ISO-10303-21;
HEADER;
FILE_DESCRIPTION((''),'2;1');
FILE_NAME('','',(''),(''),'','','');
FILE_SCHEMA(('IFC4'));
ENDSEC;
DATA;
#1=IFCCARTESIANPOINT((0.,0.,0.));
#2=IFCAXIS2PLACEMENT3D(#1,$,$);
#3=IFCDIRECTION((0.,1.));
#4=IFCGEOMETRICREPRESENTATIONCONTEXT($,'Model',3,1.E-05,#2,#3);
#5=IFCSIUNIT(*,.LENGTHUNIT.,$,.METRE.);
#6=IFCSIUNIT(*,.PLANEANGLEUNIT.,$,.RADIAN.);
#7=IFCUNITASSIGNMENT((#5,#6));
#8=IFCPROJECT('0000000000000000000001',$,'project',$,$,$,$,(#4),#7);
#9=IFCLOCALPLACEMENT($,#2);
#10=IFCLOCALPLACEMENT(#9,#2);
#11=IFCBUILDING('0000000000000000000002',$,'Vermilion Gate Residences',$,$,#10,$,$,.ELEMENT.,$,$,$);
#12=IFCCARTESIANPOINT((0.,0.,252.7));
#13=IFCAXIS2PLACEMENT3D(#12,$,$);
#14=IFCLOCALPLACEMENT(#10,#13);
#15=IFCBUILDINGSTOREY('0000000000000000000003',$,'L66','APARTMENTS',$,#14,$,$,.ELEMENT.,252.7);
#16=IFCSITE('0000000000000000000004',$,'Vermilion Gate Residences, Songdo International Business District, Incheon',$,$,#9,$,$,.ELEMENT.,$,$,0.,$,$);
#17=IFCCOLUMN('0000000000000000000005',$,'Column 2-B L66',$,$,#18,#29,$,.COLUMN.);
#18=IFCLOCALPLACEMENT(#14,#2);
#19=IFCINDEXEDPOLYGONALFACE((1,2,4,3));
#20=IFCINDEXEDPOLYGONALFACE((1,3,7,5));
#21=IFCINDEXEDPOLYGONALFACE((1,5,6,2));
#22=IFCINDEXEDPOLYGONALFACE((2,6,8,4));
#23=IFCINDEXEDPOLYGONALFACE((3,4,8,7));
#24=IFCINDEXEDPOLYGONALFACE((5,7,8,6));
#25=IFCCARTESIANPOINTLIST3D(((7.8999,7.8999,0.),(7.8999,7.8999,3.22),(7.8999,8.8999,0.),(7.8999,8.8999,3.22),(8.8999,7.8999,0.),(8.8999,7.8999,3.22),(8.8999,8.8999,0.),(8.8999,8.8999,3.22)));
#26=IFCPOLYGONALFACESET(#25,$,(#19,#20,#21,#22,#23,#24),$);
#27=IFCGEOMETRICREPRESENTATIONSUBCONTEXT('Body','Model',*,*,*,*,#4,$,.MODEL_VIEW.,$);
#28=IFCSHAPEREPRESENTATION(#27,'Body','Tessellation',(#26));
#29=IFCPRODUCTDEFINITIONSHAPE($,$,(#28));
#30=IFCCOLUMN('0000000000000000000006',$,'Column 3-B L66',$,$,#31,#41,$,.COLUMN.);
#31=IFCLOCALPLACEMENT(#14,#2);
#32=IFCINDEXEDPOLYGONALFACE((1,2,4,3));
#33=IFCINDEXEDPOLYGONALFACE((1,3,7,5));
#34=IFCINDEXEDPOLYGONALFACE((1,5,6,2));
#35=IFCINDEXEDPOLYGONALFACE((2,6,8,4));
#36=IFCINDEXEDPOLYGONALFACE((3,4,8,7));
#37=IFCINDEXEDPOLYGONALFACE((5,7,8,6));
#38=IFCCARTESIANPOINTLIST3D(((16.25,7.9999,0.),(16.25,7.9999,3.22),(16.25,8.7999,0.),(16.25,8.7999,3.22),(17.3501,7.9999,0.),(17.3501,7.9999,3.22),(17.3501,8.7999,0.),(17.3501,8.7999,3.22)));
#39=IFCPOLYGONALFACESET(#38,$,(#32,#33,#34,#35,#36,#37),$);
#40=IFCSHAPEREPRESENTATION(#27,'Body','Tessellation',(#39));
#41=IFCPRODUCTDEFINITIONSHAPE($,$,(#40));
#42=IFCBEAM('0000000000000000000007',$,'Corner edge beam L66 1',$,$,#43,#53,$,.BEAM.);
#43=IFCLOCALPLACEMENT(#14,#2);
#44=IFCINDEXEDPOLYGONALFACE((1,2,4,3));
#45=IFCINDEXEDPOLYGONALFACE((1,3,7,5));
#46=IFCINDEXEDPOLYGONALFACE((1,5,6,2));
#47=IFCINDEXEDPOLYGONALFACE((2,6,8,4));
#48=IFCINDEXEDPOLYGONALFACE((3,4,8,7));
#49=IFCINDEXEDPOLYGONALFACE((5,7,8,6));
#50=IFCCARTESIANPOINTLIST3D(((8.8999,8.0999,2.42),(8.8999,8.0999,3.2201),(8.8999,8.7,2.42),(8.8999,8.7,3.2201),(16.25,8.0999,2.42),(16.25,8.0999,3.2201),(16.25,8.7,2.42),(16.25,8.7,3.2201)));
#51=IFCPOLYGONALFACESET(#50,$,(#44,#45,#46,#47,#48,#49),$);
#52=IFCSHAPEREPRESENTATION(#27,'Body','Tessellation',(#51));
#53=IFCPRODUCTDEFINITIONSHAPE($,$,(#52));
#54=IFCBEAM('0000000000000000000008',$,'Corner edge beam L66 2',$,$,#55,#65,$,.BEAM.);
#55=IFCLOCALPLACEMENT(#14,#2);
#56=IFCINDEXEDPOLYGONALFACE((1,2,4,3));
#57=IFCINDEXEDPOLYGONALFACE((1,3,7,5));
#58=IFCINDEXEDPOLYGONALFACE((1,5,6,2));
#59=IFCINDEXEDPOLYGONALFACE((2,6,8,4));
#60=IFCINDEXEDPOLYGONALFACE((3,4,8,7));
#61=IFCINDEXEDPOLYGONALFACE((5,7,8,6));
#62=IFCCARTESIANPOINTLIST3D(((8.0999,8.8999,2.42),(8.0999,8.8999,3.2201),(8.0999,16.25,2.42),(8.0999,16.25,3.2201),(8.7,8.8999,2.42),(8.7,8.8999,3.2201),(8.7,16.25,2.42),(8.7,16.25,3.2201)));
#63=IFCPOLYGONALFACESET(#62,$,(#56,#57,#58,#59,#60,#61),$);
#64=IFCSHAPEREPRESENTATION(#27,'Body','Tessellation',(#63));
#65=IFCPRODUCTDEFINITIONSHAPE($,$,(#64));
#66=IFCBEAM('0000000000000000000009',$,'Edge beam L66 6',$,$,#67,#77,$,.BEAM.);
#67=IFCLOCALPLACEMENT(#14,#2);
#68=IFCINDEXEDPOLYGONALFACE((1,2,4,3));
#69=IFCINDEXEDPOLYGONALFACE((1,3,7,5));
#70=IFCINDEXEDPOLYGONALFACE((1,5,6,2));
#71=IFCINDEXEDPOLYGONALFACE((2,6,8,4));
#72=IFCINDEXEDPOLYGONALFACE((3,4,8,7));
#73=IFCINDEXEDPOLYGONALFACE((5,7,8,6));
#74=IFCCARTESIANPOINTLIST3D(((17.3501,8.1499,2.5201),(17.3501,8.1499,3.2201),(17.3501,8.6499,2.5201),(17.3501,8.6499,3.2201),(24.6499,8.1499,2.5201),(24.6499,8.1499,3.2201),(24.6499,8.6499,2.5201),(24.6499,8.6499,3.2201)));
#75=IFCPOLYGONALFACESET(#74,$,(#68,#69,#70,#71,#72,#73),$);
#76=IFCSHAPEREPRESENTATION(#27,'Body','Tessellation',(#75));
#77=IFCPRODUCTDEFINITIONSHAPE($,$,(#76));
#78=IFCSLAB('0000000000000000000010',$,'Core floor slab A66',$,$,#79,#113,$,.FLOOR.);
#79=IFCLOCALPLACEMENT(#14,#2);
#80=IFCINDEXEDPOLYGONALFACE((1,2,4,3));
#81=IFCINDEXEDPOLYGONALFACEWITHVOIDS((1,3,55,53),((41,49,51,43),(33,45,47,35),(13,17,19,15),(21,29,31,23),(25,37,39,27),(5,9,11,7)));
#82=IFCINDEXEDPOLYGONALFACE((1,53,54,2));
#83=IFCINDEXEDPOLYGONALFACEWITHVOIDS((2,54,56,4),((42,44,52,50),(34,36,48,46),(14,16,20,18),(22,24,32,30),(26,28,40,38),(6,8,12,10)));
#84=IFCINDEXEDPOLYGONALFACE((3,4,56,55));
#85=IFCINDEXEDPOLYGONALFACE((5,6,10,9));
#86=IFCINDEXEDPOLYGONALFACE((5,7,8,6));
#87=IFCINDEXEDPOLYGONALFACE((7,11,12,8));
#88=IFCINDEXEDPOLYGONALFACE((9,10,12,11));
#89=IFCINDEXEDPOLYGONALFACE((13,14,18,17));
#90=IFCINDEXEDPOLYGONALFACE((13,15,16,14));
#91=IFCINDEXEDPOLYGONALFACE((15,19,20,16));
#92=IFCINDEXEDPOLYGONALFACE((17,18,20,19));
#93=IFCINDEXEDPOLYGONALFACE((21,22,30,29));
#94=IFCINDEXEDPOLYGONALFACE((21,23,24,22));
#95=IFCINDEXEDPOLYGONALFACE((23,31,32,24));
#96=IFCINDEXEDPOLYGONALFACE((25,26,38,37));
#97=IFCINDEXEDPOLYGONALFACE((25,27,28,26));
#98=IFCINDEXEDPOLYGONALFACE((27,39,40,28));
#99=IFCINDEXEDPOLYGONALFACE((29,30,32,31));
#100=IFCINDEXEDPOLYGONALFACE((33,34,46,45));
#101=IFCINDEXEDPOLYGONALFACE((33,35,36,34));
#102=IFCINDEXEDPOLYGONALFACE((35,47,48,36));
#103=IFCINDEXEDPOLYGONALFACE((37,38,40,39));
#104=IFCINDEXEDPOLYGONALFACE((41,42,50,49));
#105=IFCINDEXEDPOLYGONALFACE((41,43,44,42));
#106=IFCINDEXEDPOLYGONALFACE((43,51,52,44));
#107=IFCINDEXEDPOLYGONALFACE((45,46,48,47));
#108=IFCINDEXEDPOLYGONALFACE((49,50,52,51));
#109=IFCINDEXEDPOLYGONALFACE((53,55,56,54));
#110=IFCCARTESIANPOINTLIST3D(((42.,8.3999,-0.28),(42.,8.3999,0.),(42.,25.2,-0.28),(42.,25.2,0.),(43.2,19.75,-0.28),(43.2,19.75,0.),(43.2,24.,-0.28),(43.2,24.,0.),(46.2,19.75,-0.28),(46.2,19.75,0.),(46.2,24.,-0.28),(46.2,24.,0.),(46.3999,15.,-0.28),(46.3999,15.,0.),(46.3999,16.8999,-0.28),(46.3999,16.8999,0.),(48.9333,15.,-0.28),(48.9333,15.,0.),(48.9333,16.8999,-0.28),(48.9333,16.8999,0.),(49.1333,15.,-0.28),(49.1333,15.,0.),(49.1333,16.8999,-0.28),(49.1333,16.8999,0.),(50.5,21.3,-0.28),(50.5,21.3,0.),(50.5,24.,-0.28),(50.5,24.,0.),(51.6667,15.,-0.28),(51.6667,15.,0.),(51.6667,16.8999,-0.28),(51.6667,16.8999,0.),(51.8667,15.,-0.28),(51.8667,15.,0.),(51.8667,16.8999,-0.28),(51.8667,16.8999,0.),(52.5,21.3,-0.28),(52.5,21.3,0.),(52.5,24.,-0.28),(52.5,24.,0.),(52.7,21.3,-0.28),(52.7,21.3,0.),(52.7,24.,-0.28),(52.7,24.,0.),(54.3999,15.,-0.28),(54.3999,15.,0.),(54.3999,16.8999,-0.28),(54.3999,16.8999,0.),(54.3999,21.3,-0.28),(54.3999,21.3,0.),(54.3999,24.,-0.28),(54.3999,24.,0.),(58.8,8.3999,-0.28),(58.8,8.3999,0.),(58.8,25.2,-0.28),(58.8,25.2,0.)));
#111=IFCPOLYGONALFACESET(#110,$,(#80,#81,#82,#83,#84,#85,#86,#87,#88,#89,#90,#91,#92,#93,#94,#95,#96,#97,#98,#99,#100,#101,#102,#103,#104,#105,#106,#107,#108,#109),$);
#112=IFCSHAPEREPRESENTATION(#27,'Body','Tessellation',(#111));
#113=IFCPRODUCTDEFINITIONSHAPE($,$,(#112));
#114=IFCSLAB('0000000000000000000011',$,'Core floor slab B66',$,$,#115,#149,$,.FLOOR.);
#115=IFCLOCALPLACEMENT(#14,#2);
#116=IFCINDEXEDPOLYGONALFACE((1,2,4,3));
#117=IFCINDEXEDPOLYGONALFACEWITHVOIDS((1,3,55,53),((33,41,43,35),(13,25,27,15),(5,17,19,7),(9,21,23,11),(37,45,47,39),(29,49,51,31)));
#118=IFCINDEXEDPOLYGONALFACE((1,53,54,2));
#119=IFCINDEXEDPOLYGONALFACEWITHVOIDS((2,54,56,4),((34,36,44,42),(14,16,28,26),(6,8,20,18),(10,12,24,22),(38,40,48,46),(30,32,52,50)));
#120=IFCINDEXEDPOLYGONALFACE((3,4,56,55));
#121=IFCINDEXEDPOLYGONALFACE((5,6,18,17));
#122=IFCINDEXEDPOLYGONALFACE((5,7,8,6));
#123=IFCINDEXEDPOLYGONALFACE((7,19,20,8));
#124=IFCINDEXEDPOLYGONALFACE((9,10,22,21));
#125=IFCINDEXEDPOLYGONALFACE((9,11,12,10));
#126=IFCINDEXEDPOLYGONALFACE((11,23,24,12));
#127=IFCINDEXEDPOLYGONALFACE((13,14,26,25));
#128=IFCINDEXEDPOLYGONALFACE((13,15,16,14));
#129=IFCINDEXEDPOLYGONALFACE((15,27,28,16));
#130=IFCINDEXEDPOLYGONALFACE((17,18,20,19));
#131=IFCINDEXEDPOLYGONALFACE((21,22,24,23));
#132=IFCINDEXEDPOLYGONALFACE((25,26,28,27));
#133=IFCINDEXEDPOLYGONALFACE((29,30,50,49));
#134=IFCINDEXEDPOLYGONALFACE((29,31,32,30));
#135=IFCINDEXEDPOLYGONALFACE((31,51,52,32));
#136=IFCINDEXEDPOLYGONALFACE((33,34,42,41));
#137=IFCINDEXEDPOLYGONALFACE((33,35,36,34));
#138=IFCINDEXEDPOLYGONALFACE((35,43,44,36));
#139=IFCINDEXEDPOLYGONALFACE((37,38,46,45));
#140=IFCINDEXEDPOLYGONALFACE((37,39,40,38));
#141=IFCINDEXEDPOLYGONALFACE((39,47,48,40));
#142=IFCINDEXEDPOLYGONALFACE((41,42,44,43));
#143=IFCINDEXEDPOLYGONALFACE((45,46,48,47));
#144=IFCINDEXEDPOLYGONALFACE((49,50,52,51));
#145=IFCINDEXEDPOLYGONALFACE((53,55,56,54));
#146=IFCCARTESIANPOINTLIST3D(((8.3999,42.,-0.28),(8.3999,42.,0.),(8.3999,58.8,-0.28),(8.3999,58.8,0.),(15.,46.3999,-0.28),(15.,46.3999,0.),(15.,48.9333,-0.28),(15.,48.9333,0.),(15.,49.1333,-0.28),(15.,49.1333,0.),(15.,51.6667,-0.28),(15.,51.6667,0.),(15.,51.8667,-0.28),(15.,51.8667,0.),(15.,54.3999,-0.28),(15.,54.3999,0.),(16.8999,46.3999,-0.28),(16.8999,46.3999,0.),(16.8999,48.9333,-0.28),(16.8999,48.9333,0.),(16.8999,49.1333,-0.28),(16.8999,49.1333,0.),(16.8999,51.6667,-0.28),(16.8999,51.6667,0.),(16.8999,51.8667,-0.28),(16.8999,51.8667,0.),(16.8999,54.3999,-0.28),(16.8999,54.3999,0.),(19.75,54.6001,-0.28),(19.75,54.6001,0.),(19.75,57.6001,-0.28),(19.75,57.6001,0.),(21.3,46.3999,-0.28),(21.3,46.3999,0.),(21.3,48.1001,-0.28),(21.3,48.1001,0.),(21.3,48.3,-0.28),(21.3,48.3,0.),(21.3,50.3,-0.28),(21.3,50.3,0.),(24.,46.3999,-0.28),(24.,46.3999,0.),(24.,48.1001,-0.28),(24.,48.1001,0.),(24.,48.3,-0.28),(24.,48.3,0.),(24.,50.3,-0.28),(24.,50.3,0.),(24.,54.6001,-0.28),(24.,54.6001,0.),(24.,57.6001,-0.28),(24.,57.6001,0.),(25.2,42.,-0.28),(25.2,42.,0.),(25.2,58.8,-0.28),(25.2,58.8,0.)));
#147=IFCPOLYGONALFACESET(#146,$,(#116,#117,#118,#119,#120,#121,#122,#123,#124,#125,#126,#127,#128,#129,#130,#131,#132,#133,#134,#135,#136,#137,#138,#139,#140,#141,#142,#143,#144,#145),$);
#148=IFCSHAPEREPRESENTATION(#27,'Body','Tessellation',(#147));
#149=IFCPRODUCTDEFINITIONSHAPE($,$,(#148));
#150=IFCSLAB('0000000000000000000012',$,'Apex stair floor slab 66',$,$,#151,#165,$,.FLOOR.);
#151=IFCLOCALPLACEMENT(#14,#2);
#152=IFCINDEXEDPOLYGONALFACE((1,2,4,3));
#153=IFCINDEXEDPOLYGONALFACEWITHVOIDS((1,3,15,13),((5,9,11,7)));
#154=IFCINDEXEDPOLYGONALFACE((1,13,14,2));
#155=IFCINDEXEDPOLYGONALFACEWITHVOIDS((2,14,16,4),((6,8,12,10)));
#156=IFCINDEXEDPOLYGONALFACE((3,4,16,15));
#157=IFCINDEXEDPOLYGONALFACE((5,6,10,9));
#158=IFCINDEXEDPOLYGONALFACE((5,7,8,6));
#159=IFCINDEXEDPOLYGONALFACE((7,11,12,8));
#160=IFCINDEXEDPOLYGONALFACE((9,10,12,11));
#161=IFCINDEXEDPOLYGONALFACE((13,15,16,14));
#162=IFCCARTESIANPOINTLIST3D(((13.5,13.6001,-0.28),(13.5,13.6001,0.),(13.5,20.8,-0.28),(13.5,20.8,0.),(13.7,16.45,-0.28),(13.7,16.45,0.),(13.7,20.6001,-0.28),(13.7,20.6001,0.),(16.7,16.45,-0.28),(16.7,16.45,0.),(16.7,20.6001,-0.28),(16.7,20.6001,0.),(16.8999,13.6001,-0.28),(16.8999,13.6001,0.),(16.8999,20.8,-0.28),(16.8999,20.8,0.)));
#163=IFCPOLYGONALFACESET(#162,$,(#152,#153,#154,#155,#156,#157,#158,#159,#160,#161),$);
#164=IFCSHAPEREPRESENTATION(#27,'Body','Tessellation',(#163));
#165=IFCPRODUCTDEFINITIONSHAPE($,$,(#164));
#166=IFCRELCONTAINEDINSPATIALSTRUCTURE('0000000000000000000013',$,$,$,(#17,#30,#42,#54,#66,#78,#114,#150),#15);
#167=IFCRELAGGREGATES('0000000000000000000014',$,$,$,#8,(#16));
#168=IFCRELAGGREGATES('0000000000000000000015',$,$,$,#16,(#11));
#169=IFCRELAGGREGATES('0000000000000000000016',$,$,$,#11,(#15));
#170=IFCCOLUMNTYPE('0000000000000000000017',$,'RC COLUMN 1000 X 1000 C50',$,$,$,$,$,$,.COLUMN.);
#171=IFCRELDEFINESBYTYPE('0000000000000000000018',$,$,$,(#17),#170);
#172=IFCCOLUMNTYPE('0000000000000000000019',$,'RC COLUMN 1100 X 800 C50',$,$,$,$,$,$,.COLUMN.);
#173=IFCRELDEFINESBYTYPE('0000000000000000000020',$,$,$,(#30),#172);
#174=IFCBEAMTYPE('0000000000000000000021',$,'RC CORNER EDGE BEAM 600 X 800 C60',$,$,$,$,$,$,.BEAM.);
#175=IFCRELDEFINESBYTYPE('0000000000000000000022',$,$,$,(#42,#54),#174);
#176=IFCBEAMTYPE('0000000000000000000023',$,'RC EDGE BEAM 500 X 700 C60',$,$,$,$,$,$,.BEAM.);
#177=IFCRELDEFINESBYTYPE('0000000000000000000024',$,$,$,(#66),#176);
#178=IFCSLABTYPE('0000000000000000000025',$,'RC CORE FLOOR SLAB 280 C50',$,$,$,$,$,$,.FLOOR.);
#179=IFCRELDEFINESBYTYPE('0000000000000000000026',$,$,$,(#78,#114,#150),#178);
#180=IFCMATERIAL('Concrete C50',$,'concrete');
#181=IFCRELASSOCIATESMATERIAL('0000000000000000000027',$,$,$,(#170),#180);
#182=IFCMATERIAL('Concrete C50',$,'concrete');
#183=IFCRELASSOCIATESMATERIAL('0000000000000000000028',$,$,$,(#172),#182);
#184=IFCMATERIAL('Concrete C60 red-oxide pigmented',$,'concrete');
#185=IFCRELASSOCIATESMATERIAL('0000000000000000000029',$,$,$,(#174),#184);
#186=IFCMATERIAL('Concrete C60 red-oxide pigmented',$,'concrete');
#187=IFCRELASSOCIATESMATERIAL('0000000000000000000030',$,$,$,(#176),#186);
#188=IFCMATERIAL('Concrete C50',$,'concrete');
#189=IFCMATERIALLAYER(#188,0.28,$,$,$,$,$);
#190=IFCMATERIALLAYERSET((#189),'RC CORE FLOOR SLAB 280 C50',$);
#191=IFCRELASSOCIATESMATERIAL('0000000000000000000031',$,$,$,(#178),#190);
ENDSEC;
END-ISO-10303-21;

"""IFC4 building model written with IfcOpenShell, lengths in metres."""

from ifc_helpers import new_model, si_unit, direction, frame, origin, origin_2d, place, context, subcontext, project, spatial, polyline, rectangle, outline, extrude, material, layer, layer_set, material_profile, profile_set, type_object, element, save


model = new_model("IFC4")

# Units and contexts
model_context = context("Model", 3, precision=1e-05, world=origin(), true_north=direction((0.0, 1.0)))
body_context = subcontext(model_context, "Body", "Model", "MODEL_VIEW")
ifc_project = project(units=[si_unit("LENGTHUNIT", "METRE"), si_unit("PLANEANGLEUNIT", "RADIAN")], contexts=[model_context])

# Site, building, storey
site_placement = place(None, origin())
site = spatial("IfcSite", under=ifc_project, at=site_placement, Name="Vermilion Gate Residences, Songdo International Business District, Incheon", CompositionType="ELEMENT", RefElevation=0.0)
building_placement = place(site_placement, origin())
building = spatial("IfcBuilding", under=site, at=building_placement, Name="Vermilion Gate Residences", CompositionType="ELEMENT")
storey_placement = place(building_placement, frame((0.0, 0.0, 252.7)))
storey = spatial("IfcBuildingStorey", under=building, at=storey_placement, Name="L66", Description="APARTMENTS", CompositionType="ELEMENT", Elevation=252.7)

# Columns
ifc_material_1 = material(Name="Concrete C50", Category="concrete")
ifc_material_profile_1 = material_profile(ifc_material_1, rectangle(XDim=1.0, YDim=1.0, at=origin_2d()), Name="RC-1000x1000")
ifc_profile_set_1 = profile_set([ifc_material_profile_1], Name="Concrete C50")
column_type_1 = type_object("IfcColumnType", Name="RC COLUMN 1000 X 1000 C50", PredefinedType="COLUMN", material=ifc_profile_set_1)
column_1_placement = place(storey_placement, frame((8.3999, 8.3999, 0.0), z_axis=(0.0, 0.0, 1.0), x_axis=(1.0, 0.0, 0.0)))
element("IfcColumn", 1, at=column_1_placement, inside=storey, type_object=column_type_1, Name="Column 2-B L66", PredefinedType="COLUMN", context=body_context, shape_type="SweptSolid", body=[
    extrude(rectangle(XDim=1.0, YDim=1.0, at=origin_2d()), origin(), (0.0, 0.0, 1.0), 3.22),
])
ifc_material_2 = material(Name="Concrete C50", Category="concrete")
ifc_material_profile_2 = material_profile(ifc_material_2, rectangle(XDim=1.1001, YDim=0.8, at=origin_2d()), Name="RC-1100x800")
ifc_profile_set_2 = profile_set([ifc_material_profile_2], Name="Concrete C50")
column_type_2 = type_object("IfcColumnType", Name="RC COLUMN 1100 X 800 C50", PredefinedType="COLUMN", material=ifc_profile_set_2)
column_2_placement = place(storey_placement, frame((16.8, 8.3999, 0.0), z_axis=(0.0, 0.0, 1.0), x_axis=(1.0, 0.0, 0.0)))
element("IfcColumn", 2, at=column_2_placement, inside=storey, type_object=column_type_2, Name="Column 3-B L66", PredefinedType="COLUMN", context=body_context, shape_type="SweptSolid", body=[
    extrude(rectangle(XDim=1.1001, YDim=0.8, at=origin_2d()), origin(), (0.0, 0.0, 1.0), 3.22),
])

# Beams
ifc_material_3 = material(Name="Concrete C60 red-oxide pigmented", Category="concrete")
ifc_material_profile_3 = material_profile(ifc_material_3, rectangle(XDim=0.6001, YDim=0.8, at=origin_2d()), Name="RC-600x800")
ifc_profile_set_3 = profile_set([ifc_material_profile_3], Name="Concrete C60 red-oxide pigmented")
beam_type_1 = type_object("IfcBeamType", Name="RC CORNER EDGE BEAM 600 X 800 C60", PredefinedType="BEAM", material=ifc_profile_set_3)
for number, where, z_axis, x_axis, name in (
    (3, (8.8999, 8.3999, 2.8201), (1.0, 0.0, 0.0), (0.0, 1.0, 0.0), "Corner edge beam L66 1"),
    (4, (8.3999, 8.8999, 2.8201), (0.0, 1.0, 0.0), (-1.0, 0.0, 0.0), "Corner edge beam L66 2"),
):
    element("IfcBeam", number, at=place(storey_placement, frame(where, z_axis=z_axis, x_axis=x_axis)), inside=storey, type_object=beam_type_1, Name=name, PredefinedType="BEAM", context=body_context, shape_type="SweptSolid", body=[
        extrude(rectangle(XDim=0.6001, YDim=0.8, at=origin_2d()), origin(), (0.0, 0.0, 1.0), 7.3501),
    ])
ifc_material_4 = material(Name="Concrete C60 red-oxide pigmented", Category="concrete")
ifc_material_profile_4 = material_profile(ifc_material_4, rectangle(XDim=0.5, YDim=0.7, at=origin_2d()), Name="RC-500x700")
ifc_profile_set_4 = profile_set([ifc_material_profile_4], Name="Concrete C60 red-oxide pigmented")
beam_type_2 = type_object("IfcBeamType", Name="RC EDGE BEAM 500 X 700 C60", PredefinedType="BEAM", material=ifc_profile_set_4)
beam_placement = place(storey_placement, frame((17.3501, 8.3999, 2.8701), z_axis=(1.0, 0.0, 0.0), x_axis=(0.0, 1.0, 0.0)))
element("IfcBeam", 5, at=beam_placement, inside=storey, type_object=beam_type_2, Name="Edge beam L66 6", PredefinedType="BEAM", context=body_context, shape_type="SweptSolid", body=[
    extrude(rectangle(XDim=0.5, YDim=0.7, at=origin_2d()), origin(), (0.0, 0.0, 1.0), 7.2998),
])

# Slabs
ifc_material_5 = material(Name="Concrete C50", Category="concrete")
ifc_layer_1 = layer(ifc_material_5, 0.28)
ifc_layer_set_1 = layer_set([ifc_layer_1], Name="RC CORE FLOOR SLAB 280 C50")
slab_type_1 = type_object("IfcSlabType", Name="RC CORE FLOOR SLAB 280 C50", PredefinedType="FLOOR", material=ifc_layer_set_1)
slab_1_placement = place(storey_placement, frame((0.0, 0.0, -0.28)))
element("IfcSlab", 6, at=slab_1_placement, inside=storey, type_object=slab_type_1, Name="Core floor slab A66", PredefinedType="FLOOR", context=body_context, shape_type="SweptSolid", body=[
    extrude(outline(polyline([(42.0, 8.3999), (58.8, 8.3999), (58.8, 25.2), (42.0, 25.2), (42.0, 8.3999)]), holes=[polyline([(46.3999, 15.0), (46.3999, 16.8999), (48.9333, 16.8999), (48.9333, 15.0), (46.3999, 15.0)]), polyline([(49.1333, 16.8999), (51.6667, 16.8999), (51.6667, 15.0), (49.1333, 15.0), (49.1333, 16.8999)]), polyline([(51.8667, 16.8999), (54.3999, 16.8999), (54.3999, 15.0), (51.8667, 15.0), (51.8667, 16.8999)]), polyline([(43.2, 19.75), (43.2, 24.0), (46.2, 24.0), (46.2, 19.75), (43.2, 19.75)]), polyline([(50.5, 24.0), (52.5, 24.0), (52.5, 21.3), (50.5, 21.3), (50.5, 24.0)]), polyline([(52.7, 24.0), (54.3999, 24.0), (54.3999, 21.3), (52.7, 21.3), (52.7, 24.0)])]), origin(), (0.0, 0.0, 1.0), 0.28),
])
slab_2_placement = place(storey_placement, frame((0.0, 0.0, -0.28)))
element("IfcSlab", 7, at=slab_2_placement, inside=storey, type_object=slab_type_1, Name="Core floor slab B66", PredefinedType="FLOOR", context=body_context, shape_type="SweptSolid", body=[
    extrude(outline(polyline([(8.3999, 42.0), (25.2, 42.0), (25.2, 58.8), (8.3999, 58.8), (8.3999, 42.0)]), holes=[polyline([(21.3, 46.3999), (21.3, 48.1001), (24.0, 48.1001), (24.0, 46.3999), (21.3, 46.3999)]), polyline([(15.0, 48.9333), (16.8999, 48.9333), (16.8999, 46.3999), (15.0, 46.3999), (15.0, 48.9333)]), polyline([(21.3, 50.3), (24.0, 50.3), (24.0, 48.3), (21.3, 48.3), (21.3, 50.3)]), polyline([(15.0, 49.1333), (15.0, 51.6667), (16.8999, 51.6667), (16.8999, 49.1333), (15.0, 49.1333)]), polyline([(15.0, 54.3999), (16.8999, 54.3999), (16.8999, 51.8667), (15.0, 51.8667), (15.0, 54.3999)]), polyline([(19.75, 57.6001), (24.0, 57.6001), (24.0, 54.6001), (19.75, 54.6001), (19.75, 57.6001)])]), origin(), (0.0, 0.0, 1.0), 0.28),
])
slab_3_placement = place(storey_placement, frame((0.0, 0.0, -0.28)))
element("IfcSlab", 8, at=slab_3_placement, inside=storey, type_object=slab_type_1, Name="Apex stair floor slab 66", PredefinedType="FLOOR", context=body_context, shape_type="SweptSolid", body=[
    extrude(outline(polyline([(13.5, 13.6001), (16.8999, 13.6001), (16.8999, 20.8), (13.5, 20.8), (13.5, 13.6001)]), holes=[polyline([(16.7, 20.6001), (16.7, 16.45), (13.7, 16.45), (13.7, 20.6001), (16.7, 20.6001)])]), origin(), (0.0, 0.0, 1.0), 0.28),
])

save(model, "model.ifc")
